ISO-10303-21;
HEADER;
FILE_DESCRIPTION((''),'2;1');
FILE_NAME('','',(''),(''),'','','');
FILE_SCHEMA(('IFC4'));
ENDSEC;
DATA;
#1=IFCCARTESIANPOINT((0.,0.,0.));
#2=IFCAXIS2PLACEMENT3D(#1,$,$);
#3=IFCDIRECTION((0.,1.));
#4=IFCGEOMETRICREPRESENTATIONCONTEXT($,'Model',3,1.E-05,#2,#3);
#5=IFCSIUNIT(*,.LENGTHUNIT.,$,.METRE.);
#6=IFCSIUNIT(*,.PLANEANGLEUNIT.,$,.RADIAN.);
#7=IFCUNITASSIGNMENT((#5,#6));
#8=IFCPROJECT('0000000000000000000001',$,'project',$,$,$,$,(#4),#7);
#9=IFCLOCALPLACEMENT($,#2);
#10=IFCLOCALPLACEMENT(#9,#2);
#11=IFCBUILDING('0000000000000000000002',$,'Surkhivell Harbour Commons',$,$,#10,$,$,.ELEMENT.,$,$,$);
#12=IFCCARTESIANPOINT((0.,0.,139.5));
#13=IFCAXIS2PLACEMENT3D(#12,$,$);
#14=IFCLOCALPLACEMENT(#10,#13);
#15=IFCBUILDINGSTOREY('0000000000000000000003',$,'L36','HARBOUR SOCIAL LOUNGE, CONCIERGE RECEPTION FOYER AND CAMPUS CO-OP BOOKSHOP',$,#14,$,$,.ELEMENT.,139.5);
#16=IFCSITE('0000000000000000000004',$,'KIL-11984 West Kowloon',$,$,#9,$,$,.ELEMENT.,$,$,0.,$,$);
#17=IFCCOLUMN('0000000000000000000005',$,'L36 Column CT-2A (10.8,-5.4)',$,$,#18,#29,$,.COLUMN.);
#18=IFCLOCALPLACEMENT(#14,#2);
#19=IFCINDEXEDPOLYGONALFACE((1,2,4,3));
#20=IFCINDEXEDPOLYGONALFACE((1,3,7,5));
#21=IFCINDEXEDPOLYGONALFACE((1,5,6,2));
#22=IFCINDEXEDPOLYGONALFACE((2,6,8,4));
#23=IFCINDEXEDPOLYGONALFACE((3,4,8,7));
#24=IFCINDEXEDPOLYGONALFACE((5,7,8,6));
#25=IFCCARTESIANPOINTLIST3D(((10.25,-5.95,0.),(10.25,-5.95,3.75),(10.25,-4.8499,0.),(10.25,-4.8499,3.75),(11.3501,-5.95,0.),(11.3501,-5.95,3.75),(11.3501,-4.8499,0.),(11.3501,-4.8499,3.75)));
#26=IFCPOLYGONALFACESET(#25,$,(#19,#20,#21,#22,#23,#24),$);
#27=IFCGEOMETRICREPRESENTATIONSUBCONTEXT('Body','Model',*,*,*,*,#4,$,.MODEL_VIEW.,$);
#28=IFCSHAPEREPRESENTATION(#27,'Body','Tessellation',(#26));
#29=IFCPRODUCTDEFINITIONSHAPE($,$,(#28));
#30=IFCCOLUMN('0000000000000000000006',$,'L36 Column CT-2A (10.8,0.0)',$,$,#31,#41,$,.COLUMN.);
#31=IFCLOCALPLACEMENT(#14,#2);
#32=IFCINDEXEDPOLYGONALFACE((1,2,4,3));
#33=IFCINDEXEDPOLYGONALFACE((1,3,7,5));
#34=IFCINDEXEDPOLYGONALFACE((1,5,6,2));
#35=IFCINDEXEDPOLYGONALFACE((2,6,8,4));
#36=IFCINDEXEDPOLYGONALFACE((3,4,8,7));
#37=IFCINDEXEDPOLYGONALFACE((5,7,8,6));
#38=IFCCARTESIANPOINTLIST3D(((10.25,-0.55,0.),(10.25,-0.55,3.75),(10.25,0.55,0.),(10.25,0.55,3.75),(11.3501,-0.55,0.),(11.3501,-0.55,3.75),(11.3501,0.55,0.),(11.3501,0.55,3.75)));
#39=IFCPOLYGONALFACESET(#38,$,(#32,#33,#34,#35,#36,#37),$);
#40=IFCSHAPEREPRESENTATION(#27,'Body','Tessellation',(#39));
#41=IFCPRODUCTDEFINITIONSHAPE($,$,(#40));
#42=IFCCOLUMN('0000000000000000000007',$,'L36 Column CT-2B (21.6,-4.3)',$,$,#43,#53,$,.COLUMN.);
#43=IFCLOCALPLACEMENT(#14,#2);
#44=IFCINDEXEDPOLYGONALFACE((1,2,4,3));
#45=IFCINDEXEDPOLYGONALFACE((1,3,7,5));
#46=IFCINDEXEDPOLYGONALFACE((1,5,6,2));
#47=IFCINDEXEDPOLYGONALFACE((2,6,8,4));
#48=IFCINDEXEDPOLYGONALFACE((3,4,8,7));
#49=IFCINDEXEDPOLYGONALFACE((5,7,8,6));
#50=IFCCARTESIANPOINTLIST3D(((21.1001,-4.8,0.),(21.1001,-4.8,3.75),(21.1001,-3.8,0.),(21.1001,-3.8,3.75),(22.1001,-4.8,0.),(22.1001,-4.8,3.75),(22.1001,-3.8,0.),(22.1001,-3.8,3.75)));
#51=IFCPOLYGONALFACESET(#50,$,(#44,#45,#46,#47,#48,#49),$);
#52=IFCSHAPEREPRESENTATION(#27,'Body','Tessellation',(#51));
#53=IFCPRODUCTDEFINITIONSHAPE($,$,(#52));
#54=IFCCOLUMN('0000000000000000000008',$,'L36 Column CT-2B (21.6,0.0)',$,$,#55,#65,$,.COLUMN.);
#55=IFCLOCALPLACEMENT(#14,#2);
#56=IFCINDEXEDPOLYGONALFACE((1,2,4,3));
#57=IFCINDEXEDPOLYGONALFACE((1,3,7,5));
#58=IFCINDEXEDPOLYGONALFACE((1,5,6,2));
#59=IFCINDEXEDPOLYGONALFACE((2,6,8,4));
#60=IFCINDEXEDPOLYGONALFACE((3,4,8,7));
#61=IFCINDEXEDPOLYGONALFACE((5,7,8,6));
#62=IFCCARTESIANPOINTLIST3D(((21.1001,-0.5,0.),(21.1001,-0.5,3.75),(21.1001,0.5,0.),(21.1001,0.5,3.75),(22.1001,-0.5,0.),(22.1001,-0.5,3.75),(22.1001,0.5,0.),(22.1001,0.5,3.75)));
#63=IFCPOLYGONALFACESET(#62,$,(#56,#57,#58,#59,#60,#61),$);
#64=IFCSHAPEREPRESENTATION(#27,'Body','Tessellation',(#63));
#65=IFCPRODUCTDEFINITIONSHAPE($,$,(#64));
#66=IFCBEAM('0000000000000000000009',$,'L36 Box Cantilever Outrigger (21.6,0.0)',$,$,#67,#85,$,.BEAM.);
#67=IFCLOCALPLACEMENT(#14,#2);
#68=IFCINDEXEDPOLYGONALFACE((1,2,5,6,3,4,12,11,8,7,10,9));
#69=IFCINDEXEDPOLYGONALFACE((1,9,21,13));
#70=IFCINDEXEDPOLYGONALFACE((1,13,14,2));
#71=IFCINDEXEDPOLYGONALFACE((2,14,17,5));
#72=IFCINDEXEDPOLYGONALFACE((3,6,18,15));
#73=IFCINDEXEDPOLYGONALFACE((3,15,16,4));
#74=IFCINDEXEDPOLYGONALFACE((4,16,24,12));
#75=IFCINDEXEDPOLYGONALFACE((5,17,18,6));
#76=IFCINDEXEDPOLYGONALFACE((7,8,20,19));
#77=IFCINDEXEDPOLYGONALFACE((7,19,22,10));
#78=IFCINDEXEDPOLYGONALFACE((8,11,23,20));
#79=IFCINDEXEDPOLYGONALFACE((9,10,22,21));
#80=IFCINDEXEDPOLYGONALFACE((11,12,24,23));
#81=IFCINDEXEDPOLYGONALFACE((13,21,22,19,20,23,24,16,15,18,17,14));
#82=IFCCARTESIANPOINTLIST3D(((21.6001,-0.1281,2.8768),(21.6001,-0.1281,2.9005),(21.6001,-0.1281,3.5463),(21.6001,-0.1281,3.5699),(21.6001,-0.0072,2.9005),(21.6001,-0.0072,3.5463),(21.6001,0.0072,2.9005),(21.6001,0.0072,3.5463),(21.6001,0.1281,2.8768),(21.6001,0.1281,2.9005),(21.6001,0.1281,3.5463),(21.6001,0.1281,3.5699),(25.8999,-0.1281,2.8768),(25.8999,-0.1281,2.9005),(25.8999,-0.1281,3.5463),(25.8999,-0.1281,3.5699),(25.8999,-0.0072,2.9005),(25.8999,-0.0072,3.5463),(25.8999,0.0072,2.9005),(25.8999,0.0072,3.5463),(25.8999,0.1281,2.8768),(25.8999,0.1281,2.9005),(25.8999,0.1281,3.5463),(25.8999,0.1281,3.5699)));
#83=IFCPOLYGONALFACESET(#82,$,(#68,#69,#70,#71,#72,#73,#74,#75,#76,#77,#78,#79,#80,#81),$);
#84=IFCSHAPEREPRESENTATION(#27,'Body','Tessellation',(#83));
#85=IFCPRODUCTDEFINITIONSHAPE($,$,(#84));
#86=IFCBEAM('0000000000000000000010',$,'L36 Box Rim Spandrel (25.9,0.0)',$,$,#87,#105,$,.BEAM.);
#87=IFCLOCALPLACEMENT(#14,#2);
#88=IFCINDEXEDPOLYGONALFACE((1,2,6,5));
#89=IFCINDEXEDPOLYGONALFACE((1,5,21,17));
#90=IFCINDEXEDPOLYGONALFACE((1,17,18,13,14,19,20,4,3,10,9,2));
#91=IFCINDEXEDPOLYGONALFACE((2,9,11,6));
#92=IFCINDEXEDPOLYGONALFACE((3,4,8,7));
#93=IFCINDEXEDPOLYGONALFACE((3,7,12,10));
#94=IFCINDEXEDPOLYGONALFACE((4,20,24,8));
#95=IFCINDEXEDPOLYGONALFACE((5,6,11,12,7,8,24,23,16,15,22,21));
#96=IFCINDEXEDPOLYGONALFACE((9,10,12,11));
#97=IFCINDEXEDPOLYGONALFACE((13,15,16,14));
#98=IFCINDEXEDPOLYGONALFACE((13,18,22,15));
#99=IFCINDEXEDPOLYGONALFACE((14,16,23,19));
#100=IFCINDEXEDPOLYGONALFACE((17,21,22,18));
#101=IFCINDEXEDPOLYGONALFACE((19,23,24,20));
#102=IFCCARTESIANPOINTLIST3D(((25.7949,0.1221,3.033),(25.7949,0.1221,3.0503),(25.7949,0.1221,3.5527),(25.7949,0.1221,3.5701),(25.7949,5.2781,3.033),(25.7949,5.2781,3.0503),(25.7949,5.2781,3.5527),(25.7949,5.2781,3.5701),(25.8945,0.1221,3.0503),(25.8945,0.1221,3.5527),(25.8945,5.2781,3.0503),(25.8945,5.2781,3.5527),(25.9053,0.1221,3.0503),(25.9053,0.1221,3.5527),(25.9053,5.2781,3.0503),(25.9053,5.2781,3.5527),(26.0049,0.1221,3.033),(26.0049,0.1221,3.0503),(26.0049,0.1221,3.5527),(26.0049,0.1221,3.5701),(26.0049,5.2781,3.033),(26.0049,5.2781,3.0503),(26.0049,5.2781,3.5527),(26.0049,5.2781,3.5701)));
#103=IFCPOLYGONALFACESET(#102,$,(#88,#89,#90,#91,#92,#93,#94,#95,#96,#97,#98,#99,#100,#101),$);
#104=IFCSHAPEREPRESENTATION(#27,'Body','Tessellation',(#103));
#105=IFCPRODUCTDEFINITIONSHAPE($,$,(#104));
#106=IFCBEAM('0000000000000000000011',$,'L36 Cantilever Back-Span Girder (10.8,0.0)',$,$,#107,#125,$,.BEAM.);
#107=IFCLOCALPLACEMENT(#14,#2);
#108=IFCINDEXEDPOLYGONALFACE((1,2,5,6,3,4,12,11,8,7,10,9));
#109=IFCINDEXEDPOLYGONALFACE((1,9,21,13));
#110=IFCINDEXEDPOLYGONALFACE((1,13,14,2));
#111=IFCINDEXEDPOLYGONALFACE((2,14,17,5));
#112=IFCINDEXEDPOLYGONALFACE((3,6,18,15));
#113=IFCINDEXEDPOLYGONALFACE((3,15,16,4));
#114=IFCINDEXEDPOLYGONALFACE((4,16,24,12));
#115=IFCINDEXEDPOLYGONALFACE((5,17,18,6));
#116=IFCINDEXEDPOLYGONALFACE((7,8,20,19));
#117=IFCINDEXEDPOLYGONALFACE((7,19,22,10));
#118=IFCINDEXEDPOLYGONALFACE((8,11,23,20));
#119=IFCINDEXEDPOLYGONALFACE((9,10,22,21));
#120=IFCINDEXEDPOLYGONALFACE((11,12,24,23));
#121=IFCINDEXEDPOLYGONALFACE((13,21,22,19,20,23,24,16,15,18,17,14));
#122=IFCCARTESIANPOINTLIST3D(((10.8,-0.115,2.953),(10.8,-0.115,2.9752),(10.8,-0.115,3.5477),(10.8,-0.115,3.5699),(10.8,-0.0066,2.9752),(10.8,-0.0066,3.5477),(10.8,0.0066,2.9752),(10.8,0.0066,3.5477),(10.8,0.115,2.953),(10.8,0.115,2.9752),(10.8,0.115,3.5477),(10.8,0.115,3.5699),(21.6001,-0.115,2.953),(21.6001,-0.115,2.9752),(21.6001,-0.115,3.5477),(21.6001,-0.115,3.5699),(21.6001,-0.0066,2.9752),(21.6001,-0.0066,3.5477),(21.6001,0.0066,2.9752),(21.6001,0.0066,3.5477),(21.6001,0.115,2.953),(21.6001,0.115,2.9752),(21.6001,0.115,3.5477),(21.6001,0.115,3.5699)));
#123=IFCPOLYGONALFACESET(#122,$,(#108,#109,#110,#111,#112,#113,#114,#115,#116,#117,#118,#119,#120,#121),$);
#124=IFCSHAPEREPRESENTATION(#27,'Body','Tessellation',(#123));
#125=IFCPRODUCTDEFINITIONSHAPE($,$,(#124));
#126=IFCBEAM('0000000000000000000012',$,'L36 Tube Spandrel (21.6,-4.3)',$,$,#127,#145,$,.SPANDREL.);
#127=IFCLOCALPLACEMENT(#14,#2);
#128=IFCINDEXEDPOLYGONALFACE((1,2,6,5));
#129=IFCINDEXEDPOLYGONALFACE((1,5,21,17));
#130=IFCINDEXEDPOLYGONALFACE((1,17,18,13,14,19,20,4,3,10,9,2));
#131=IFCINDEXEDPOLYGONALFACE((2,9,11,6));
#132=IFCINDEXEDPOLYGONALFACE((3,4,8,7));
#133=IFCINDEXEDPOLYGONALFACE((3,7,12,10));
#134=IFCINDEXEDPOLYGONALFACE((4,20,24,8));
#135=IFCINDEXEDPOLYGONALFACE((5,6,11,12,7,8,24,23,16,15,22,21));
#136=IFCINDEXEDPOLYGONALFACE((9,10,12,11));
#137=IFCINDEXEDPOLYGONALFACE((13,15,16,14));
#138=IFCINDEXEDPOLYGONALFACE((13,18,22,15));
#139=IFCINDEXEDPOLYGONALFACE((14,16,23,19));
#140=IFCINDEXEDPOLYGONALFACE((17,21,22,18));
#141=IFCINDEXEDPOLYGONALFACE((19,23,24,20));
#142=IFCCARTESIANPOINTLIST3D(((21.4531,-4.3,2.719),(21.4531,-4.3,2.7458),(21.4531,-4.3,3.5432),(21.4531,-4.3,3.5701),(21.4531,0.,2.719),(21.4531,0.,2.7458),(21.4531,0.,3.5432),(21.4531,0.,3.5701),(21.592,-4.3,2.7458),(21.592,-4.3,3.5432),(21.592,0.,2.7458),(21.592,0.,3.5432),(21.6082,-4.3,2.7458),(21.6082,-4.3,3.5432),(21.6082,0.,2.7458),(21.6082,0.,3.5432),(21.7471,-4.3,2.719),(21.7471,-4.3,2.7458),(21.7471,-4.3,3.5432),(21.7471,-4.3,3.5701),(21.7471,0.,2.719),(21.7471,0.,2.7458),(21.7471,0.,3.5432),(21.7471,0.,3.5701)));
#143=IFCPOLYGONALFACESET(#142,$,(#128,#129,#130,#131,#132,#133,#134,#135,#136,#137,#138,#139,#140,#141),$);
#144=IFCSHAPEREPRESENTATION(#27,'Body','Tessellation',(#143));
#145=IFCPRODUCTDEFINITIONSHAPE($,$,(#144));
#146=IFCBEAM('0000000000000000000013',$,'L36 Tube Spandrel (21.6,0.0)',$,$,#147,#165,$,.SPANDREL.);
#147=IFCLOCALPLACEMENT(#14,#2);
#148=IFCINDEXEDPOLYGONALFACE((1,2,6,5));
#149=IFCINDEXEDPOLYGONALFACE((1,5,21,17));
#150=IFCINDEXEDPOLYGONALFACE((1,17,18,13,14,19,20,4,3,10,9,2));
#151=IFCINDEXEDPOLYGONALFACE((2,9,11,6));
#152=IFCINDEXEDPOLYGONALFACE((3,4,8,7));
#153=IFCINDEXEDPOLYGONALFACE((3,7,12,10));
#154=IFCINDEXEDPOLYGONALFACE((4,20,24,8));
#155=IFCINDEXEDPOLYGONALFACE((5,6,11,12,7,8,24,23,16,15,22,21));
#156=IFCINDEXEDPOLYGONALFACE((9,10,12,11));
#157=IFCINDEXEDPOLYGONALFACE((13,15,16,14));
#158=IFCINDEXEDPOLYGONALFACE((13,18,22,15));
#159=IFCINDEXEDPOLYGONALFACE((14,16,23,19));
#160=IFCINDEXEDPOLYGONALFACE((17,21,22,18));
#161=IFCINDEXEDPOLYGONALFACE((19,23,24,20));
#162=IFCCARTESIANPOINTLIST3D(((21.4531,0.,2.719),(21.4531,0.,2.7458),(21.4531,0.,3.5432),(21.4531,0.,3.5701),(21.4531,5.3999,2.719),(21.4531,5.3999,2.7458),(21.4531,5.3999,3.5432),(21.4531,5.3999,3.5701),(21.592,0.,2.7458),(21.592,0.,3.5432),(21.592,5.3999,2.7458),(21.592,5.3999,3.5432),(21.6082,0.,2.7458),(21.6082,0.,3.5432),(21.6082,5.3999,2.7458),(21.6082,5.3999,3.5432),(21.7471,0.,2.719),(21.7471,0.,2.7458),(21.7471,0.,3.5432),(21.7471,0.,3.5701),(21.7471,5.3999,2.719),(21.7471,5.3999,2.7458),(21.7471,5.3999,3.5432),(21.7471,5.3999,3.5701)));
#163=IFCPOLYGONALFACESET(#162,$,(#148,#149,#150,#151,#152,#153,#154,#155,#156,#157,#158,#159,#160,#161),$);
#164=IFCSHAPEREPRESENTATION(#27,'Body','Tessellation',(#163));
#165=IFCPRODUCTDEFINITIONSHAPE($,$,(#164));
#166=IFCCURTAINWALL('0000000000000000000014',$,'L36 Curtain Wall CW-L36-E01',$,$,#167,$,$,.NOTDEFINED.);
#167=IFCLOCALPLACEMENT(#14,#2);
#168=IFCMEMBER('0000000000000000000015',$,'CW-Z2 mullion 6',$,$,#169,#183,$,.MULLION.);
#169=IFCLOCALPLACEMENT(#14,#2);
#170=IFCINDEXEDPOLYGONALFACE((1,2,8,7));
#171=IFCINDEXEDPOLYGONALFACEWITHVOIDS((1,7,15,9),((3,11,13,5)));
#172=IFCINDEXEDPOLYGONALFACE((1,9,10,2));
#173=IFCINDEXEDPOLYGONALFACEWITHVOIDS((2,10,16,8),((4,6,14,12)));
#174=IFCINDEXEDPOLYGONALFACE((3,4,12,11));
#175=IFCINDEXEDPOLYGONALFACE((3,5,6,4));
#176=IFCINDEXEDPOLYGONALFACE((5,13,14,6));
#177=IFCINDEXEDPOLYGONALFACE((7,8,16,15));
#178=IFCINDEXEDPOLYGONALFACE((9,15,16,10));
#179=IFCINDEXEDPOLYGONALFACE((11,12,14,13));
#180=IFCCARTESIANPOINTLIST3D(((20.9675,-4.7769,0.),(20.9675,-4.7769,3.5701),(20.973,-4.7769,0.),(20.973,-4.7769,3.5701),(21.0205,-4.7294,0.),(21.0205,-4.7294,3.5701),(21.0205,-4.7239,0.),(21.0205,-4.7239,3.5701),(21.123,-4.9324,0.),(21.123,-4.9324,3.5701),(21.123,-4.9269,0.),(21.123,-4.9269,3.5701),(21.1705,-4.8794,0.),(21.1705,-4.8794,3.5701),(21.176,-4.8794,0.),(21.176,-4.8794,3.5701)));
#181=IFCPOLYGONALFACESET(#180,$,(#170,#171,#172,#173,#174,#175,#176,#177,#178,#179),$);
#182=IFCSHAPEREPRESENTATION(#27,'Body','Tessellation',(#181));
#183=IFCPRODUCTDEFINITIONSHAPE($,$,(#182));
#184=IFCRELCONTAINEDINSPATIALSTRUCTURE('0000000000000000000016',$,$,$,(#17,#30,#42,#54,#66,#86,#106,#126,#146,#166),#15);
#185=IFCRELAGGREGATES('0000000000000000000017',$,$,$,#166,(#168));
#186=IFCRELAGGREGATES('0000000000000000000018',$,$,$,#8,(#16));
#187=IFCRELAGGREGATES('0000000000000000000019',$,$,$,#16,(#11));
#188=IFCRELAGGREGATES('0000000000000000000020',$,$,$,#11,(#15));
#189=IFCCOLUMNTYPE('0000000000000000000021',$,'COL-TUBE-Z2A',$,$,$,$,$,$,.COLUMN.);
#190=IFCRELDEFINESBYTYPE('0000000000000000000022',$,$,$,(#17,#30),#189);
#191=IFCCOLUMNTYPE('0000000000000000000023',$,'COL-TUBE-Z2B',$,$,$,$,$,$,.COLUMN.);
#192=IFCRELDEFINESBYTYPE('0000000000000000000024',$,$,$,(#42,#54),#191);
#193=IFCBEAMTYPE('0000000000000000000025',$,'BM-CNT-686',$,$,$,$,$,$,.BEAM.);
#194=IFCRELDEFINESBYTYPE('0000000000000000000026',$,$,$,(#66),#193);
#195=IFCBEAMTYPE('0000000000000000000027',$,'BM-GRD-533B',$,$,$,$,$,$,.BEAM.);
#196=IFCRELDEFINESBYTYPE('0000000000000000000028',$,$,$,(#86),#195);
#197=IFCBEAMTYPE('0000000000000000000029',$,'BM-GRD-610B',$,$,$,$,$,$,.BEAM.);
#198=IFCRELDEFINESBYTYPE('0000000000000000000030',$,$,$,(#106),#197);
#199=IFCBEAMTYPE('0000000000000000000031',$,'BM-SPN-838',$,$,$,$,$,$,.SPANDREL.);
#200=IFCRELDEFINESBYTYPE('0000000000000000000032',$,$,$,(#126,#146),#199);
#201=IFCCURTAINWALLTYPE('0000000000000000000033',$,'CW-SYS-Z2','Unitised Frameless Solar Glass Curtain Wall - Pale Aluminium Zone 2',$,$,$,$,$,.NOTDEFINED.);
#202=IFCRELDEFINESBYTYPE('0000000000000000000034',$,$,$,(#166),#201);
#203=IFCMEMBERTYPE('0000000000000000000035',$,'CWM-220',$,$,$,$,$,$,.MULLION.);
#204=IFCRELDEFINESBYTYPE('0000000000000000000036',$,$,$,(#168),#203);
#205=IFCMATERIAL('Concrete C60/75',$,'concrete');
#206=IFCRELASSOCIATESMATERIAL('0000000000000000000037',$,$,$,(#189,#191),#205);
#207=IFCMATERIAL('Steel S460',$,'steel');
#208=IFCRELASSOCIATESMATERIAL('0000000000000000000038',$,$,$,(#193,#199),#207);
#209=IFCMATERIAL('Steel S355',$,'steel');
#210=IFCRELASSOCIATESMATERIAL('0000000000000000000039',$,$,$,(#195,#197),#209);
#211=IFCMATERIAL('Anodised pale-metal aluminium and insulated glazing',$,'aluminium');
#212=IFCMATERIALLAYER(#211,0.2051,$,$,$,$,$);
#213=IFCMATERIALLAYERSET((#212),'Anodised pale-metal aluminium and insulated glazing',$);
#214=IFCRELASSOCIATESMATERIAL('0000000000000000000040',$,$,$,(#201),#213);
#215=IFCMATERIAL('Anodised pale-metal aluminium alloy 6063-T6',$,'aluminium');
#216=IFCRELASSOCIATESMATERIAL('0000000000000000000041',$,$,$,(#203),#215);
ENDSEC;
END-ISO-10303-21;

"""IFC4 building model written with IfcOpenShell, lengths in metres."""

from ifc_helpers import new_model, si_unit, direction, frame, origin, origin_2d, place, context, subcontext, project, spatial, rectangle, hollow_rectangle, i_section, extrude, material, layer, layer_set, material_profile, profile_set, type_object, element, aggregate, save


model = new_model("IFC4")

# Units and contexts
model_context = context("Model", 3, precision=1e-05, world=origin(), true_north=direction((0.0, 1.0)))
body_context = subcontext(model_context, "Body", "Model", "MODEL_VIEW")
ifc_project = project(units=[si_unit("LENGTHUNIT", "METRE"), si_unit("PLANEANGLEUNIT", "RADIAN")], contexts=[model_context])

# Site, building, storey
site_placement = place(None, origin())
site = spatial("IfcSite", under=ifc_project, at=site_placement, Name="KIL-11984 West Kowloon", CompositionType="ELEMENT", RefElevation=0.0)
building_placement = place(site_placement, origin())
building = spatial("IfcBuilding", under=site, at=building_placement, Name="Surkhivell Harbour Commons", CompositionType="ELEMENT")
storey_placement = place(building_placement, frame((0.0, 0.0, 139.5)))
storey = spatial("IfcBuildingStorey", under=building, at=storey_placement, Name="L36", Description="HARBOUR SOCIAL LOUNGE, CONCIERGE RECEPTION FOYER AND CAMPUS CO-OP BOOKSHOP", CompositionType="ELEMENT", Elevation=139.5)

# Columns
ifc_material_1 = material(Name="Concrete C60/75", Category="concrete")
ifc_material_profile_1 = material_profile(ifc_material_1, rectangle(XDim=1.1001, YDim=1.1001, at=origin_2d()), Name="RC-COL-1100x1100")
ifc_profile_set_1 = profile_set([ifc_material_profile_1], Name="Concrete C60/75")
column_type_1 = type_object("IfcColumnType", Name="COL-TUBE-Z2A", PredefinedType="COLUMN", material=ifc_profile_set_1)
for number, where, z_axis, x_axis, name in (
    (1, (10.8, -5.3999, 0.0), (0.0, 0.0, 1.0), (1.0, 0.0, 0.0), "L36 Column CT-2A (10.8,-5.4)"),
    (2, (10.8, 0.0, 0.0), (0.0, 0.0, 1.0), (1.0, 0.0, 0.0), "L36 Column CT-2A (10.8,0.0)"),
):
    element("IfcColumn", number, at=place(storey_placement, frame(where, z_axis=z_axis, x_axis=x_axis)), inside=storey, type_object=column_type_1, Name=name, PredefinedType="COLUMN", context=body_context, shape_type="SweptSolid", body=[
        extrude(rectangle(XDim=1.1001, YDim=1.1001, at=origin_2d()), origin(), (0.0, 0.0, 1.0), 3.75),
    ])
ifc_material_profile_2 = material_profile(ifc_material_1, rectangle(XDim=1.0, YDim=1.0, at=origin_2d()), Name="RC-COL-1000x1000")
ifc_profile_set_2 = profile_set([ifc_material_profile_2], Name="Concrete C60/75")
column_type_2 = type_object("IfcColumnType", Name="COL-TUBE-Z2B", PredefinedType="COLUMN", material=ifc_profile_set_2)
for number, where, z_axis, x_axis, name in (
    (3, (21.6001, -4.3, 0.0), (0.0, 0.0, 1.0), (1.0, 0.0, 0.0), "L36 Column CT-2B (21.6,-4.3)"),
    (4, (21.6001, 0.0, 0.0), (0.0, 0.0, 1.0), (1.0, 0.0, 0.0), "L36 Column CT-2B (21.6,0.0)"),
):
    element("IfcColumn", number, at=place(storey_placement, frame(where, z_axis=z_axis, x_axis=x_axis)), inside=storey, type_object=column_type_2, Name=name, PredefinedType="COLUMN", context=body_context, shape_type="SweptSolid", body=[
        extrude(rectangle(XDim=1.0, YDim=1.0, at=origin_2d()), origin(), (0.0, 0.0, 1.0), 3.75),
    ])

# Beams
ifc_material_2 = material(Name="Steel S460", Category="steel")
ifc_material_profile_3 = material_profile(ifc_material_2, i_section(OverallWidth=0.2561, OverallDepth=0.6931, WebThickness=0.0144, FlangeThickness=0.0237, at=origin_2d()), Name="UB686x254x170")
ifc_profile_set_3 = profile_set([ifc_material_profile_3], Name="Steel S460")
beam_type_1 = type_object("IfcBeamType", Name="BM-CNT-686", PredefinedType="BEAM", material=ifc_profile_set_3)
beam_1_placement = place(storey_placement, frame((21.6001, 0.0, 3.2234), z_axis=(1.0, 0.0, 0.0), x_axis=(0.0, 1.0, 0.0)))
element("IfcBeam", 5, at=beam_1_placement, inside=storey, type_object=beam_type_1, Name="L36 Box Cantilever Outrigger (21.6,0.0)", PredefinedType="BEAM", context=body_context, shape_type="SweptSolid", body=[
    extrude(i_section(OverallWidth=0.2561, OverallDepth=0.6931, WebThickness=0.0144, FlangeThickness=0.0237, at=origin_2d()), origin(), (0.0, 0.0, 1.0), 4.2998),
])
ifc_material_3 = material(Name="Steel S355", Category="steel")
ifc_material_profile_4 = material_profile(ifc_material_3, i_section(OverallWidth=0.21, OverallDepth=0.5371, WebThickness=0.0107, FlangeThickness=0.0173, at=origin_2d()), Name="UB533x210x101")
ifc_profile_set_4 = profile_set([ifc_material_profile_4], Name="Steel S355")
beam_type_2 = type_object("IfcBeamType", Name="BM-GRD-533B", PredefinedType="BEAM", material=ifc_profile_set_4)
beam_2_placement = place(storey_placement, frame((25.8999, 0.1221, 3.3015), z_axis=(0.0, 1.0, 0.0), x_axis=(-1.0, 0.0, 0.0)))
element("IfcBeam", 6, at=beam_2_placement, inside=storey, type_object=beam_type_2, Name="L36 Box Rim Spandrel (25.9,0.0)", PredefinedType="BEAM", context=body_context, shape_type="SweptSolid", body=[
    extrude(i_section(OverallWidth=0.21, OverallDepth=0.5371, WebThickness=0.0107, FlangeThickness=0.0173, at=origin_2d()), origin(), (0.0, 0.0, 1.0), 5.156),
])
ifc_material_profile_5 = material_profile(ifc_material_3, i_section(OverallWidth=0.23, OverallDepth=0.6169, WebThickness=0.0132, FlangeThickness=0.0222, at=origin_2d()), Name="UB610x229x140")
ifc_profile_set_5 = profile_set([ifc_material_profile_5], Name="Steel S355")
beam_type_3 = type_object("IfcBeamType", Name="BM-GRD-610B", PredefinedType="BEAM", material=ifc_profile_set_5)
beam_3_placement = place(storey_placement, frame((10.8, 0.0, 3.2615), z_axis=(1.0, 0.0, 0.0), x_axis=(0.0, 1.0, 0.0)))
element("IfcBeam", 7, at=beam_3_placement, inside=storey, type_object=beam_type_3, Name="L36 Cantilever Back-Span Girder (10.8,0.0)", PredefinedType="BEAM", context=body_context, shape_type="SweptSolid", body=[
    extrude(i_section(OverallWidth=0.23, OverallDepth=0.6169, WebThickness=0.0132, FlangeThickness=0.0222, at=origin_2d()), origin(), (0.0, 0.0, 1.0), 10.8),
])
ifc_material_profile_6 = material_profile(ifc_material_2, i_section(OverallWidth=0.2939, OverallDepth=0.8511, WebThickness=0.0161, FlangeThickness=0.0269, at=origin_2d()), Name="UB838x292x226")
ifc_profile_set_6 = profile_set([ifc_material_profile_6], Name="Steel S460")
beam_type_4 = type_object("IfcBeamType", Name="BM-SPN-838", PredefinedType="SPANDREL", material=ifc_profile_set_6)
beam_4_placement = place(storey_placement, frame((21.6001, -4.3, 3.1445), z_axis=(0.0, 1.0, 0.0), x_axis=(-1.0, 0.0, 0.0)))
element("IfcBeam", 8, at=beam_4_placement, inside=storey, type_object=beam_type_4, Name="L36 Tube Spandrel (21.6,-4.3)", PredefinedType="SPANDREL", context=body_context, shape_type="SweptSolid", body=[
    extrude(i_section(OverallWidth=0.2939, OverallDepth=0.8511, WebThickness=0.0161, FlangeThickness=0.0269, at=origin_2d()), origin(), (0.0, 0.0, 1.0), 4.3),
])
beam_5_placement = place(storey_placement, frame((21.6001, 0.0, 3.1445), z_axis=(0.0, 1.0, 0.0), x_axis=(-1.0, 0.0, 0.0)))
element("IfcBeam", 9, at=beam_5_placement, inside=storey, type_object=beam_type_4, Name="L36 Tube Spandrel (21.6,0.0)", PredefinedType="SPANDREL", context=body_context, shape_type="SweptSolid", body=[
    extrude(i_section(OverallWidth=0.2939, OverallDepth=0.8511, WebThickness=0.0161, FlangeThickness=0.0269, at=origin_2d()), origin(), (0.0, 0.0, 1.0), 5.3999),
])

# Curtain wall, member
ifc_material_4 = material(Name="Anodised pale-metal aluminium and insulated glazing", Category="aluminium")
ifc_layer_1 = layer(ifc_material_4, 0.2051)
ifc_layer_set_1 = layer_set([ifc_layer_1], Name="Anodised pale-metal aluminium and insulated glazing")
curtain_wall_type = type_object("IfcCurtainWallType", Name="CW-SYS-Z2", Description="Unitised Frameless Solar Glass Curtain Wall - Pale Aluminium Zone 2", PredefinedType="NOTDEFINED", material=ifc_layer_set_1)
curtain_wall_1_placement = place(storey_placement, origin())
curtain_wall_1 = element("IfcCurtainWall", 10, at=curtain_wall_1_placement, inside=storey, type_object=curtain_wall_type, Name="L36 Curtain Wall CW-L36-E01", PredefinedType="NOTDEFINED")
ifc_material_5 = material(Name="Anodised pale-metal aluminium alloy 6063-T6", Category="aluminium")
ifc_material_profile_7 = material_profile(ifc_material_5, hollow_rectangle(XDim=0.075, YDim=0.22, WallThickness=0.0039, at=origin_2d()), Name="ALU-MULL-75x220")
ifc_profile_set_7 = profile_set([ifc_material_profile_7], Name="Anodised pale-metal aluminium alloy 6063-T6")
member_type_1 = type_object("IfcMemberType", Name="CWM-220", PredefinedType="MULLION", material=ifc_profile_set_7)
member_1_placement = place(storey_placement, frame((21.0718, -4.8281, 0.0), z_axis=(0.0, 0.0, 1.0), x_axis=(0.707107, 0.707107, 0.0)))
member_1 = element("IfcMember", 11, at=member_1_placement, type_object=member_type_1, Name="CW-Z2 mullion 6", PredefinedType="MULLION", context=body_context, shape_type="SweptSolid", body=[
    extrude(hollow_rectangle(XDim=0.075, YDim=0.22, WallThickness=0.0039, at=origin_2d()), origin(), (0.0, 0.0, 1.0), 3.5701),
])
aggregate(curtain_wall_1, [member_1])

save(model, "model.ifc")
